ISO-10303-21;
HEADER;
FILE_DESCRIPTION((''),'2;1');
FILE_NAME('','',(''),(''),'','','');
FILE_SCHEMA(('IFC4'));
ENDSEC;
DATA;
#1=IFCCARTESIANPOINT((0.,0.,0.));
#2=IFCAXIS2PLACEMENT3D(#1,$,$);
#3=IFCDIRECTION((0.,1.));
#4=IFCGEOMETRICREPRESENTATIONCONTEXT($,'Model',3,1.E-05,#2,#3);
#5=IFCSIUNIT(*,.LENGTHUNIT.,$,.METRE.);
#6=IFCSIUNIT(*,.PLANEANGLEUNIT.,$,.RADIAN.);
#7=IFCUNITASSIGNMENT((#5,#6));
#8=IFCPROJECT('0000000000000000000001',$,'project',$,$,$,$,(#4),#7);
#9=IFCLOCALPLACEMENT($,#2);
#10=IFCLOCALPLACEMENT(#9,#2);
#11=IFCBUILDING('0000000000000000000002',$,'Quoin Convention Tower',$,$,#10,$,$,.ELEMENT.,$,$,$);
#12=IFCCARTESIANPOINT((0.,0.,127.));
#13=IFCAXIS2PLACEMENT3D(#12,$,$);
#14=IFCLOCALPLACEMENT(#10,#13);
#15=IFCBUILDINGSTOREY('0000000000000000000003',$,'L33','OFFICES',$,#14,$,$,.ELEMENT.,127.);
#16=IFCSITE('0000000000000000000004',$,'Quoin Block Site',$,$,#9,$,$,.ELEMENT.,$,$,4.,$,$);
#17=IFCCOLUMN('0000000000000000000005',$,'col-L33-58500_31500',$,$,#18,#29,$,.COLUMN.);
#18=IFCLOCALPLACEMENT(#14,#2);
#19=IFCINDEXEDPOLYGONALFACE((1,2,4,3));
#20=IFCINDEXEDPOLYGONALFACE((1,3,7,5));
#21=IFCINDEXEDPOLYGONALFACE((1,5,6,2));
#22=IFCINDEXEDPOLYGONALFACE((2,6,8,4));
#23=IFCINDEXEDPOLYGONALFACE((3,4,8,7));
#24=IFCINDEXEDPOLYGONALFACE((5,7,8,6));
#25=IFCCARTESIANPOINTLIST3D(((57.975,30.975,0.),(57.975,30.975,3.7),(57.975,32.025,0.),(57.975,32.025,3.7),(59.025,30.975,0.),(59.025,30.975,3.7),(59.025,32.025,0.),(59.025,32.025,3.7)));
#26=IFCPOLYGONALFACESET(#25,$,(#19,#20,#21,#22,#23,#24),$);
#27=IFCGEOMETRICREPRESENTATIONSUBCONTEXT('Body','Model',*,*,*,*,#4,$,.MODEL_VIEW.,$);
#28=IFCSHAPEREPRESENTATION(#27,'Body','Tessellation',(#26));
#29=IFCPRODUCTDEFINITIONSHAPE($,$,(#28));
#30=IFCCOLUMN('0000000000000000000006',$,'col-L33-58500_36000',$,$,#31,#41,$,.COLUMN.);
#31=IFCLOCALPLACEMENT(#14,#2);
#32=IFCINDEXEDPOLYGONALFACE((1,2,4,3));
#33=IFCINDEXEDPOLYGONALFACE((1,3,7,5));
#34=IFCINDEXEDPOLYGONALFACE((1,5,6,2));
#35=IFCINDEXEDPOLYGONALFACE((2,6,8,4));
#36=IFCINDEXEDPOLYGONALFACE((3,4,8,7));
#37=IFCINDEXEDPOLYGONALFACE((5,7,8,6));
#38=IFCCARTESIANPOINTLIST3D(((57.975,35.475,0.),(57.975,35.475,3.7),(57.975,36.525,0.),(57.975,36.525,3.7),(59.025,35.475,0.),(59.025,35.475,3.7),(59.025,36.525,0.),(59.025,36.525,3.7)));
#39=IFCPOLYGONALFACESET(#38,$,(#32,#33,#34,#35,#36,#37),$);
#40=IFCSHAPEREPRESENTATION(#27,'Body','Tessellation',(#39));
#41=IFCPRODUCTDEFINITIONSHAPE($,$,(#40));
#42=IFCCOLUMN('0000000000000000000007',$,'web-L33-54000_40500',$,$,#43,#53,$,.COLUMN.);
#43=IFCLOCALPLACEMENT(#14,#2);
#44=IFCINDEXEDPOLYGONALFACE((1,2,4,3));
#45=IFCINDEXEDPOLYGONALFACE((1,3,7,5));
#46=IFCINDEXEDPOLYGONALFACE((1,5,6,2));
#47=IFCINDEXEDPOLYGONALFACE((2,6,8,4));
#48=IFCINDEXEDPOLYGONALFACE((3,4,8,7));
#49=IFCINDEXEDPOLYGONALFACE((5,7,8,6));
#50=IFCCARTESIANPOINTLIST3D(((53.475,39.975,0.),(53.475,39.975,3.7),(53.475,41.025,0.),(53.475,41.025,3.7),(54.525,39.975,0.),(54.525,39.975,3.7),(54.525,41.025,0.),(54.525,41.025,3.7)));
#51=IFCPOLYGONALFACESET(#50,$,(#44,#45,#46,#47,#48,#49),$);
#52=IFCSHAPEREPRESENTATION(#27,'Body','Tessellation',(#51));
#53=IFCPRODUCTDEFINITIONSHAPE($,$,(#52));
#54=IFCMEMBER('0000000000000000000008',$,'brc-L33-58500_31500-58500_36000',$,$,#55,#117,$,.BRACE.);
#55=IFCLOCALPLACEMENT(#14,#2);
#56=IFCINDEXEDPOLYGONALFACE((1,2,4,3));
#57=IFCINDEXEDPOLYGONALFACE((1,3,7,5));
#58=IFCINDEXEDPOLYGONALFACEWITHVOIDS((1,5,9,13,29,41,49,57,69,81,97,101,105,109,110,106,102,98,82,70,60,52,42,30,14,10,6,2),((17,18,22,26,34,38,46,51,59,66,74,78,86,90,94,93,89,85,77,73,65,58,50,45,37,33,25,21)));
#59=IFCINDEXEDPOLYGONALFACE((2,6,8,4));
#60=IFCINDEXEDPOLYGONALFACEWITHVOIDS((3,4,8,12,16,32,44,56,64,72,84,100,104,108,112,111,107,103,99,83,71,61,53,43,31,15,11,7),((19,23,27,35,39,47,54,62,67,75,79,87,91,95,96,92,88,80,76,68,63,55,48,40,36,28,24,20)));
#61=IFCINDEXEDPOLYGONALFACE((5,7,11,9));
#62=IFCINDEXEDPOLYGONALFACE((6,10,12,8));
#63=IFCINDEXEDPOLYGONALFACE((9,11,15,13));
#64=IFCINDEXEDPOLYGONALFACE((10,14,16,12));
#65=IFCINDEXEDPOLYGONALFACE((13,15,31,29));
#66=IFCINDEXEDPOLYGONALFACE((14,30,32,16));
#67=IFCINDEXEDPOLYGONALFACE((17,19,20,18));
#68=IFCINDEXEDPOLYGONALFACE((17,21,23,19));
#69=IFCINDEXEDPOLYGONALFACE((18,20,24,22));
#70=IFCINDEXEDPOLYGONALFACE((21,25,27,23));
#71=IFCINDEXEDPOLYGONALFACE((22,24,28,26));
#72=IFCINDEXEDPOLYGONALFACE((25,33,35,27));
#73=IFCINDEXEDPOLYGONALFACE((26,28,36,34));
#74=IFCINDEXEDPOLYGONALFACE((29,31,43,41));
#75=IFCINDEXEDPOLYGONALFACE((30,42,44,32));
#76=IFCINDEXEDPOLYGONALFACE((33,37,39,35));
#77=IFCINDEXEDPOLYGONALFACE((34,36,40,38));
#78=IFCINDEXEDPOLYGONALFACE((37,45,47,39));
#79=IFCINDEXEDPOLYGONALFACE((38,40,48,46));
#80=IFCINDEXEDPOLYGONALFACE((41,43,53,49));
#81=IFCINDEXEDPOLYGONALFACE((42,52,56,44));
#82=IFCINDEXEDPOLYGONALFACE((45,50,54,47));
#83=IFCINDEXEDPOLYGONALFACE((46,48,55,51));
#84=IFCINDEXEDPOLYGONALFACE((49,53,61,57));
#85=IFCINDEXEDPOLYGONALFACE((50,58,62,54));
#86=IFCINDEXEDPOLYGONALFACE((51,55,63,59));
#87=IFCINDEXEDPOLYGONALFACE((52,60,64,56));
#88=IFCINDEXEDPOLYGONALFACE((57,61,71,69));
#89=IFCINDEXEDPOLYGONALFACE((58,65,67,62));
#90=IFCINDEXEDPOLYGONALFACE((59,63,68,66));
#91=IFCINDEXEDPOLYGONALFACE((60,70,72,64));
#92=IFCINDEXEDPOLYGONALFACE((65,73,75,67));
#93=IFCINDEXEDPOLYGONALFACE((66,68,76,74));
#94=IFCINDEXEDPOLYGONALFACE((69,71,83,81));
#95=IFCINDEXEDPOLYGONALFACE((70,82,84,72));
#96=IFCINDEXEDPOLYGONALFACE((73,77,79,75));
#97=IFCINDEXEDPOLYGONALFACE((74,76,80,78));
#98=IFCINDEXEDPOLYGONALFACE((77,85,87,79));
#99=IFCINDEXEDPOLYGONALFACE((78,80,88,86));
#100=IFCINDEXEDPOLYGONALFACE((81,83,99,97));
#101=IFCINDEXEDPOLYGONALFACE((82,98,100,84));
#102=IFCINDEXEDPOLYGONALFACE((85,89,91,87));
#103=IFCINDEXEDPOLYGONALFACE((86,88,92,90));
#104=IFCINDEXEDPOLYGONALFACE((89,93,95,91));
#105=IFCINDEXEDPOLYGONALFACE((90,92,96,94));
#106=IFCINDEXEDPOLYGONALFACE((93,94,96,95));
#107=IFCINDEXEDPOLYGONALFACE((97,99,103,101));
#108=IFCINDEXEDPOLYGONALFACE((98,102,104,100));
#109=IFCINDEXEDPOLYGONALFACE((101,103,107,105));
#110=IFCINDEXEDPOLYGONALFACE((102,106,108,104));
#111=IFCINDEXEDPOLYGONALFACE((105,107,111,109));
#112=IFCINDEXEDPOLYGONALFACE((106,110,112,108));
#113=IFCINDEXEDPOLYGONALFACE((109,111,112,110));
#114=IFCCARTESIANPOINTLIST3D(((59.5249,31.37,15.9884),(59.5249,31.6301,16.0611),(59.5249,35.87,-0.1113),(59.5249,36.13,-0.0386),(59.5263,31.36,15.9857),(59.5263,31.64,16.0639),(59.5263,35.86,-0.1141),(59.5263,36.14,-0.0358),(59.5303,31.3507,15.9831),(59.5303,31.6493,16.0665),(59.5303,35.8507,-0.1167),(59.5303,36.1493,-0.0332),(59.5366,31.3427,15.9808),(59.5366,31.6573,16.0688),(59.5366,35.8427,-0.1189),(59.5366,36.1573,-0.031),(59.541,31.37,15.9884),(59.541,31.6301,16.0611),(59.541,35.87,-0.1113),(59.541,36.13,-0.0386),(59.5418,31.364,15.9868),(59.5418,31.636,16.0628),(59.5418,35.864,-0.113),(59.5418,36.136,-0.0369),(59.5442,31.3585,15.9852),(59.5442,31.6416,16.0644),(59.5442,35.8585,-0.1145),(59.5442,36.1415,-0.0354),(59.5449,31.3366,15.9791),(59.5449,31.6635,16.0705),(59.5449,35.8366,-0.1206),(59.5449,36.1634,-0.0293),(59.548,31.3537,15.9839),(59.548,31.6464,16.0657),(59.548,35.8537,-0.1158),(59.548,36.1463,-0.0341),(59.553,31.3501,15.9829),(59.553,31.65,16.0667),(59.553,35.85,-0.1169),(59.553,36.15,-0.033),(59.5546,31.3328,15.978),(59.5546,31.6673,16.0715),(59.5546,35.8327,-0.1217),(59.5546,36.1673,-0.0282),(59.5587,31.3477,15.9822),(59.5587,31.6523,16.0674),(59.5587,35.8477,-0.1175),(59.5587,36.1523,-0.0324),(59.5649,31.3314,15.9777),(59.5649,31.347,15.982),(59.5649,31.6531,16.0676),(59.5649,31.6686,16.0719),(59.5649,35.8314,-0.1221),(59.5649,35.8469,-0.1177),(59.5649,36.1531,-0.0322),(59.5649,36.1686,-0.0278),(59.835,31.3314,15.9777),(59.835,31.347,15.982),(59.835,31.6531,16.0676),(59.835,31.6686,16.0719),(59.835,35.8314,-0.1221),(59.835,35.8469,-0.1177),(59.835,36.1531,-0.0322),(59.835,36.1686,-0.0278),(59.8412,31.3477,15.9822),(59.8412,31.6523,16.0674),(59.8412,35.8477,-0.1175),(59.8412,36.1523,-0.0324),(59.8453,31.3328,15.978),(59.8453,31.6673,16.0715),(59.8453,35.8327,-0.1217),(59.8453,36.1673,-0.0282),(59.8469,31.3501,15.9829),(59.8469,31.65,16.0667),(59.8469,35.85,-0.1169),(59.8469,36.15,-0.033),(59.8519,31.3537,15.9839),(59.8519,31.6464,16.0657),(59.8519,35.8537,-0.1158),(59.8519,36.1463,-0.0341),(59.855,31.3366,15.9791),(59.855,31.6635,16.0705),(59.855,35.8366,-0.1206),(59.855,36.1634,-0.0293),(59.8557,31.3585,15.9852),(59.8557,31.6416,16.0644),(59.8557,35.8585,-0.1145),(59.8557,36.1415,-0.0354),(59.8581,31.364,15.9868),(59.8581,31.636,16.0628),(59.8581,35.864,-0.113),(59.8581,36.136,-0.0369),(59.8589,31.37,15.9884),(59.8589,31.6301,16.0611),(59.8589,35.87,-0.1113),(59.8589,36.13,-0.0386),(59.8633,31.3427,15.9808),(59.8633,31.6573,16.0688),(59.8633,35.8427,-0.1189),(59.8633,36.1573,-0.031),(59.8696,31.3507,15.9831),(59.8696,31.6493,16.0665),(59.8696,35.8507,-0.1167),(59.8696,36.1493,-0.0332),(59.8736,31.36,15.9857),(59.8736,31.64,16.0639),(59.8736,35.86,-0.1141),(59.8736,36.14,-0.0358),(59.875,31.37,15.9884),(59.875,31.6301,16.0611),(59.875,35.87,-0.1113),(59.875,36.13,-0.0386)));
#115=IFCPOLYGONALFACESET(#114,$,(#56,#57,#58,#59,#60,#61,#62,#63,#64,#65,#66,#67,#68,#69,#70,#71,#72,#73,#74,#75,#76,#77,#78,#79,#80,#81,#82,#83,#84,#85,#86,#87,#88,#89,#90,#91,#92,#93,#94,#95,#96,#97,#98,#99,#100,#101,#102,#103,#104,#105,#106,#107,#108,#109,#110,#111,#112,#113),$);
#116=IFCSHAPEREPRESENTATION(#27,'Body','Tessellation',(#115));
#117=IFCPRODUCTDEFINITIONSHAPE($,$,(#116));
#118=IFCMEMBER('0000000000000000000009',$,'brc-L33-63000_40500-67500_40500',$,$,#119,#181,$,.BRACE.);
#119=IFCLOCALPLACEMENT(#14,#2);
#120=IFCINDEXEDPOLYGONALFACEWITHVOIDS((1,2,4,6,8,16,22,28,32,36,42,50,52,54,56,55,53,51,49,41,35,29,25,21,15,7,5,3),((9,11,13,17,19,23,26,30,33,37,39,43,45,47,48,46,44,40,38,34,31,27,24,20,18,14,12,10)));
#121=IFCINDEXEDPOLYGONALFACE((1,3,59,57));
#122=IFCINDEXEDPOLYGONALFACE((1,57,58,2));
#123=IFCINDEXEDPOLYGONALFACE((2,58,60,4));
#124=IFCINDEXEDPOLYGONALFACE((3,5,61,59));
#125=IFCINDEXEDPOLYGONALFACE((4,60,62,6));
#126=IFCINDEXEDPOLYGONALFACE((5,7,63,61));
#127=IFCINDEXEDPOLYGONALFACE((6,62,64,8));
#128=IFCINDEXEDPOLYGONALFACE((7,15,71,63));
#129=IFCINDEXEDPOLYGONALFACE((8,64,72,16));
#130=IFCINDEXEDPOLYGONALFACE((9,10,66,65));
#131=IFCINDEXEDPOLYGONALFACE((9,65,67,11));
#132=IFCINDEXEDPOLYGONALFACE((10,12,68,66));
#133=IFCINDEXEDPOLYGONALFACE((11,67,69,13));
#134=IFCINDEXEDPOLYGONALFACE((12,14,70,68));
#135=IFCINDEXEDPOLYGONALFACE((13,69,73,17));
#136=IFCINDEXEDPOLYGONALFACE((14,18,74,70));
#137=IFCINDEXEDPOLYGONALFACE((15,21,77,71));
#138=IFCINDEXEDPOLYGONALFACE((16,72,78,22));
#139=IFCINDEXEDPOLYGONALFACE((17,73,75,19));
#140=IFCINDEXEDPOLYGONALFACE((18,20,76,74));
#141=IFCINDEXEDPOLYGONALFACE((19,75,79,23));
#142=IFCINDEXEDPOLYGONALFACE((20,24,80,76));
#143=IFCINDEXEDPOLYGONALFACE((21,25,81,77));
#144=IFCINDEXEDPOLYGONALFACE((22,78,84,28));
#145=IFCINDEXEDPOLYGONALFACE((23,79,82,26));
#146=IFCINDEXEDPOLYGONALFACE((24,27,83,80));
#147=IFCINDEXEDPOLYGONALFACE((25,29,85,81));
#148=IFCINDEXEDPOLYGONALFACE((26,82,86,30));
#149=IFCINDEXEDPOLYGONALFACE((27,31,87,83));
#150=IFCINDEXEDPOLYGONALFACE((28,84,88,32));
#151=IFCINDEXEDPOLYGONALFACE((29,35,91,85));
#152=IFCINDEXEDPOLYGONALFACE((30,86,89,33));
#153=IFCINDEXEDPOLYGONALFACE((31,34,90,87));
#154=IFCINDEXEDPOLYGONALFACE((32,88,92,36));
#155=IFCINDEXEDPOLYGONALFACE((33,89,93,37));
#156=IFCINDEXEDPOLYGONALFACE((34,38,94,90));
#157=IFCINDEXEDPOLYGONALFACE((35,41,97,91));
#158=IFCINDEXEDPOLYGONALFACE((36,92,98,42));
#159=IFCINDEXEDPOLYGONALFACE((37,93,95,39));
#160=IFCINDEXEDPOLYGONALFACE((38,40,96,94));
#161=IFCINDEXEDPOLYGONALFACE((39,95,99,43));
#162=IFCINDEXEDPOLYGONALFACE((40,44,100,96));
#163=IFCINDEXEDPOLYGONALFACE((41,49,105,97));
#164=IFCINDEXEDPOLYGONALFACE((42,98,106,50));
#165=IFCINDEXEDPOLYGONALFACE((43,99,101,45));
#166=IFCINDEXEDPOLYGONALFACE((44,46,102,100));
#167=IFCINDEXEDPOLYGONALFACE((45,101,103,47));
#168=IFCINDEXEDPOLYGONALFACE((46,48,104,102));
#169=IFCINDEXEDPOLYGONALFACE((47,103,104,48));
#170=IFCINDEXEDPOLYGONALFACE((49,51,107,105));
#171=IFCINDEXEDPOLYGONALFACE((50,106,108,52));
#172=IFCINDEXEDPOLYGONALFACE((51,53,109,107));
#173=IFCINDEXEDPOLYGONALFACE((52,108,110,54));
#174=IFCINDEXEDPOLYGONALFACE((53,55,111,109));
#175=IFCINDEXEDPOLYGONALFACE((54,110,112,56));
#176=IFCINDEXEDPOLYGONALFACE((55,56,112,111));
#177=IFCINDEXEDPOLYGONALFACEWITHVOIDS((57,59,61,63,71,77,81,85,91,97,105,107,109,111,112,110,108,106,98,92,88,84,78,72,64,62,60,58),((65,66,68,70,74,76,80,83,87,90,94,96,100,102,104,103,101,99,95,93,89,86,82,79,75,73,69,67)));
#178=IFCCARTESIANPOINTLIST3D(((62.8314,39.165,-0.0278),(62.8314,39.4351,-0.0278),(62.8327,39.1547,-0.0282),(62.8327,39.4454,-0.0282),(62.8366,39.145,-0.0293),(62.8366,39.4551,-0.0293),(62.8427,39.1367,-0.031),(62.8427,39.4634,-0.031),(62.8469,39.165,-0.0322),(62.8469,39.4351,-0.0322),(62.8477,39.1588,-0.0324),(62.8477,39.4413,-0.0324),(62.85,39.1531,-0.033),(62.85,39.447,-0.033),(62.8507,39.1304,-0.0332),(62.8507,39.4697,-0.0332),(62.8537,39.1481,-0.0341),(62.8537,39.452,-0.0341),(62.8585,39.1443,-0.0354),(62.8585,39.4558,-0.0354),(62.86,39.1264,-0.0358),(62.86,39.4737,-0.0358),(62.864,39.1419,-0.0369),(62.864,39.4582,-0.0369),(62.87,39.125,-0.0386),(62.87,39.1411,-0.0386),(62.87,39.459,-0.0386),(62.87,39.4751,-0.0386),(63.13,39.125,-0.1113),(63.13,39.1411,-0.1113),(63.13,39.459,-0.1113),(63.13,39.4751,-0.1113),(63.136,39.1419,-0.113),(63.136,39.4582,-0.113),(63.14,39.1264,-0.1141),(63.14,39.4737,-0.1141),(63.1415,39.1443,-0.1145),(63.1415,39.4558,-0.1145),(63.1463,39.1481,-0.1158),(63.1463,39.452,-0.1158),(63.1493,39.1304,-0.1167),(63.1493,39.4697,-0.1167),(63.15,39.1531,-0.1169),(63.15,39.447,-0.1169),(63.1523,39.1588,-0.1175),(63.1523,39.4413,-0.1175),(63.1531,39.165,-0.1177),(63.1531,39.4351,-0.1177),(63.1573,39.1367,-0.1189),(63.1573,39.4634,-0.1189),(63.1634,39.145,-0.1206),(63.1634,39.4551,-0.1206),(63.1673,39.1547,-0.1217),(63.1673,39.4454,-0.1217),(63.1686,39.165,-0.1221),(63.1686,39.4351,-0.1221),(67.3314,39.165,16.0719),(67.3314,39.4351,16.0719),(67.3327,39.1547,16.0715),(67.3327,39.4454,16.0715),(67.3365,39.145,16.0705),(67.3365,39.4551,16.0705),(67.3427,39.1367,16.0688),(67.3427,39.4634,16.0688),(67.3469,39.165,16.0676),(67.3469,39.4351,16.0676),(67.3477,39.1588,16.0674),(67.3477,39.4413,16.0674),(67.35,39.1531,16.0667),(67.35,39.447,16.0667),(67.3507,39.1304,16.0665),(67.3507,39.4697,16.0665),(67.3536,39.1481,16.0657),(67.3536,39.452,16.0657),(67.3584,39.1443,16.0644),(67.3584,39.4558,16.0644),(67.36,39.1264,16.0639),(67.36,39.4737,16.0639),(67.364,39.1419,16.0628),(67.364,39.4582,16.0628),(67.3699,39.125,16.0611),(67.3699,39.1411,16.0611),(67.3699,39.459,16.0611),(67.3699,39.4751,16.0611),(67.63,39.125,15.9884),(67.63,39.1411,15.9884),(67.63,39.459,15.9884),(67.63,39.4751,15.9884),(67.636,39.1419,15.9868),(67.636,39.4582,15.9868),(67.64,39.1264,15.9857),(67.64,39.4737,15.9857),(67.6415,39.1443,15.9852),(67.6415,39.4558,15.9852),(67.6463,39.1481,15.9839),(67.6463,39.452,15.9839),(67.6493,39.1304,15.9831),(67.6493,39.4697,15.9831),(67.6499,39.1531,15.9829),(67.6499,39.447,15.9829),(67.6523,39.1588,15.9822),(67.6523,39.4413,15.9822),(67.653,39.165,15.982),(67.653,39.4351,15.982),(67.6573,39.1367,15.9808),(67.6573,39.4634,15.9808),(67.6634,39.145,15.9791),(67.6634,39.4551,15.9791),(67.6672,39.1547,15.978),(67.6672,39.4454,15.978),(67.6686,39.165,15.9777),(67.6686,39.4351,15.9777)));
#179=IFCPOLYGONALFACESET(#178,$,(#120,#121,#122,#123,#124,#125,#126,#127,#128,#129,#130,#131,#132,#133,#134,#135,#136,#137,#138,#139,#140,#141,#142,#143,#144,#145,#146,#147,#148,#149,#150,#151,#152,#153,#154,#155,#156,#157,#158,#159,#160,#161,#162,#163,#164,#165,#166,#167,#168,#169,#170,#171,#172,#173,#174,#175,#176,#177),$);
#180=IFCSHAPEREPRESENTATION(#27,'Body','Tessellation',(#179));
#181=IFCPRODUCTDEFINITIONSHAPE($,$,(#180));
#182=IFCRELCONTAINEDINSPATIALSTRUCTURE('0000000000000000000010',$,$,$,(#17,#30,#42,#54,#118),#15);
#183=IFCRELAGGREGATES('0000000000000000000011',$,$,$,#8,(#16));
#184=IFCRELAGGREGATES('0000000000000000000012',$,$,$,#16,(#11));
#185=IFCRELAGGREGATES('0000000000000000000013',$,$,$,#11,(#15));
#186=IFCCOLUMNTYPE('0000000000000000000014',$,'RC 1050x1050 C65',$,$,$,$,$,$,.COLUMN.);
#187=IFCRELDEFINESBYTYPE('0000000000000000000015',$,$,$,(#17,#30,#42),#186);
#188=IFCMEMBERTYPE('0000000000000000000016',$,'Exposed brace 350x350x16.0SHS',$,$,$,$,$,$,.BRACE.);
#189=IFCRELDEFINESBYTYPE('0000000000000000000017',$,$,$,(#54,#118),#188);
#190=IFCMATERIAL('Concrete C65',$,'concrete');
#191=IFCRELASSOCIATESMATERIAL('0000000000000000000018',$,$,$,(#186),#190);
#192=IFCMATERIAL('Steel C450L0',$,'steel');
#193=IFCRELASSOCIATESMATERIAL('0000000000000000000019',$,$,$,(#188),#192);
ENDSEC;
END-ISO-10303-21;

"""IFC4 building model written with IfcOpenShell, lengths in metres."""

from ifc_helpers import new_model, si_unit, direction, frame, origin, origin_2d, place, context, subcontext, project, spatial, rectangle, hollow_rectangle, extrude, material, material_profile, profile_set, type_object, element, save


model = new_model("IFC4")

# Units and contexts
model_context = context("Model", 3, precision=1e-05, world=origin(), true_north=direction((0.0, 1.0)))
body_context = subcontext(model_context, "Body", "Model", "MODEL_VIEW")
ifc_project = project(units=[si_unit("LENGTHUNIT", "METRE"), si_unit("PLANEANGLEUNIT", "RADIAN")], contexts=[model_context])

# Site, building, storey
site_placement = place(None, origin())
site = spatial("IfcSite", under=ifc_project, at=site_placement, Name="Quoin Block Site", CompositionType="ELEMENT", RefElevation=4.0)
building_placement = place(site_placement, origin())
building = spatial("IfcBuilding", under=site, at=building_placement, Name="Quoin Convention Tower", CompositionType="ELEMENT")
storey_placement = place(building_placement, frame((0.0, 0.0, 127.0)))
storey = spatial("IfcBuildingStorey", under=building, at=storey_placement, Name="L33", Description="OFFICES", CompositionType="ELEMENT", Elevation=127.0)

# Columns
ifc_material_1 = material(Name="Concrete C65", Category="concrete")
ifc_material_profile_1 = material_profile(ifc_material_1, rectangle(XDim=1.05, YDim=1.05, at=origin_2d()), Name="RC 1050x1050")
ifc_profile_set_1 = profile_set([ifc_material_profile_1], Name="Concrete C65")
column_type = type_object("IfcColumnType", Name="RC 1050x1050 C65", PredefinedType="COLUMN", material=ifc_profile_set_1)
for number, where, z_axis, x_axis, name in (
    (1, (58.5, 31.5, 0.0), (0.0, 0.0, 1.0), (1.0, 0.0, 0.0), "col-L33-58500_31500"),
    (2, (58.5, 36.0, 0.0), (0.0, 0.0, 1.0), (1.0, 0.0, 0.0), "col-L33-58500_36000"),
    (3, (54.0, 40.5, 0.0), (0.0, 0.0, 1.0), (1.0, 0.0, 0.0), "web-L33-54000_40500"),
):
    element("IfcColumn", number, at=place(storey_placement, frame(where, z_axis=z_axis, x_axis=x_axis)), inside=storey, type_object=column_type, Name=name, PredefinedType="COLUMN", context=body_context, shape_type="SweptSolid", body=[
        extrude(rectangle(XDim=1.05, YDim=1.05, at=origin_2d()), origin(), (0.0, 0.0, 1.0), 3.7),
    ])

# Members
ifc_material_2 = material(Name="Steel C450L0", Category="steel")
ifc_material_profile_2 = material_profile(ifc_material_2, hollow_rectangle(XDim=0.3501, YDim=0.3501, WallThickness=0.0161, InnerFilletRadius=0.0239, OuterFilletRadius=0.04, at=origin_2d()), Name="350x350x16.0SHS")
ifc_profile_set_2 = profile_set([ifc_material_profile_2], Name="Steel C450L0")
member_type = type_object("IfcMemberType", Name="Exposed brace 350x350x16.0SHS", PredefinedType="BRACE", material=ifc_profile_set_2)
for number, where, z_axis, x_axis, name in (
    (4, (59.7, 36.0, -0.075), (0.0, -0.269188, 0.963088), (1.0, 0.0, 0.0), "brc-L33-58500_31500-58500_36000"),
    (5, (63.0, 39.3, -0.075), (0.269188, 0.0, 0.963088), (0.0, 1.0, 0.0), "brc-L33-63000_40500-67500_40500"),
):
    element("IfcMember", number, at=place(storey_placement, frame(where, z_axis=z_axis, x_axis=x_axis)), inside=storey, type_object=member_type, Name=name, PredefinedType="BRACE", context=body_context, shape_type="SweptSolid", body=[
        extrude(hollow_rectangle(XDim=0.3501, YDim=0.3501, WallThickness=0.0161, InnerFilletRadius=0.0239, OuterFilletRadius=0.04, at=origin_2d()), origin(), (0.0, 0.0, 1.0), 16.7168),
    ])

save(model, "model.ifc")
